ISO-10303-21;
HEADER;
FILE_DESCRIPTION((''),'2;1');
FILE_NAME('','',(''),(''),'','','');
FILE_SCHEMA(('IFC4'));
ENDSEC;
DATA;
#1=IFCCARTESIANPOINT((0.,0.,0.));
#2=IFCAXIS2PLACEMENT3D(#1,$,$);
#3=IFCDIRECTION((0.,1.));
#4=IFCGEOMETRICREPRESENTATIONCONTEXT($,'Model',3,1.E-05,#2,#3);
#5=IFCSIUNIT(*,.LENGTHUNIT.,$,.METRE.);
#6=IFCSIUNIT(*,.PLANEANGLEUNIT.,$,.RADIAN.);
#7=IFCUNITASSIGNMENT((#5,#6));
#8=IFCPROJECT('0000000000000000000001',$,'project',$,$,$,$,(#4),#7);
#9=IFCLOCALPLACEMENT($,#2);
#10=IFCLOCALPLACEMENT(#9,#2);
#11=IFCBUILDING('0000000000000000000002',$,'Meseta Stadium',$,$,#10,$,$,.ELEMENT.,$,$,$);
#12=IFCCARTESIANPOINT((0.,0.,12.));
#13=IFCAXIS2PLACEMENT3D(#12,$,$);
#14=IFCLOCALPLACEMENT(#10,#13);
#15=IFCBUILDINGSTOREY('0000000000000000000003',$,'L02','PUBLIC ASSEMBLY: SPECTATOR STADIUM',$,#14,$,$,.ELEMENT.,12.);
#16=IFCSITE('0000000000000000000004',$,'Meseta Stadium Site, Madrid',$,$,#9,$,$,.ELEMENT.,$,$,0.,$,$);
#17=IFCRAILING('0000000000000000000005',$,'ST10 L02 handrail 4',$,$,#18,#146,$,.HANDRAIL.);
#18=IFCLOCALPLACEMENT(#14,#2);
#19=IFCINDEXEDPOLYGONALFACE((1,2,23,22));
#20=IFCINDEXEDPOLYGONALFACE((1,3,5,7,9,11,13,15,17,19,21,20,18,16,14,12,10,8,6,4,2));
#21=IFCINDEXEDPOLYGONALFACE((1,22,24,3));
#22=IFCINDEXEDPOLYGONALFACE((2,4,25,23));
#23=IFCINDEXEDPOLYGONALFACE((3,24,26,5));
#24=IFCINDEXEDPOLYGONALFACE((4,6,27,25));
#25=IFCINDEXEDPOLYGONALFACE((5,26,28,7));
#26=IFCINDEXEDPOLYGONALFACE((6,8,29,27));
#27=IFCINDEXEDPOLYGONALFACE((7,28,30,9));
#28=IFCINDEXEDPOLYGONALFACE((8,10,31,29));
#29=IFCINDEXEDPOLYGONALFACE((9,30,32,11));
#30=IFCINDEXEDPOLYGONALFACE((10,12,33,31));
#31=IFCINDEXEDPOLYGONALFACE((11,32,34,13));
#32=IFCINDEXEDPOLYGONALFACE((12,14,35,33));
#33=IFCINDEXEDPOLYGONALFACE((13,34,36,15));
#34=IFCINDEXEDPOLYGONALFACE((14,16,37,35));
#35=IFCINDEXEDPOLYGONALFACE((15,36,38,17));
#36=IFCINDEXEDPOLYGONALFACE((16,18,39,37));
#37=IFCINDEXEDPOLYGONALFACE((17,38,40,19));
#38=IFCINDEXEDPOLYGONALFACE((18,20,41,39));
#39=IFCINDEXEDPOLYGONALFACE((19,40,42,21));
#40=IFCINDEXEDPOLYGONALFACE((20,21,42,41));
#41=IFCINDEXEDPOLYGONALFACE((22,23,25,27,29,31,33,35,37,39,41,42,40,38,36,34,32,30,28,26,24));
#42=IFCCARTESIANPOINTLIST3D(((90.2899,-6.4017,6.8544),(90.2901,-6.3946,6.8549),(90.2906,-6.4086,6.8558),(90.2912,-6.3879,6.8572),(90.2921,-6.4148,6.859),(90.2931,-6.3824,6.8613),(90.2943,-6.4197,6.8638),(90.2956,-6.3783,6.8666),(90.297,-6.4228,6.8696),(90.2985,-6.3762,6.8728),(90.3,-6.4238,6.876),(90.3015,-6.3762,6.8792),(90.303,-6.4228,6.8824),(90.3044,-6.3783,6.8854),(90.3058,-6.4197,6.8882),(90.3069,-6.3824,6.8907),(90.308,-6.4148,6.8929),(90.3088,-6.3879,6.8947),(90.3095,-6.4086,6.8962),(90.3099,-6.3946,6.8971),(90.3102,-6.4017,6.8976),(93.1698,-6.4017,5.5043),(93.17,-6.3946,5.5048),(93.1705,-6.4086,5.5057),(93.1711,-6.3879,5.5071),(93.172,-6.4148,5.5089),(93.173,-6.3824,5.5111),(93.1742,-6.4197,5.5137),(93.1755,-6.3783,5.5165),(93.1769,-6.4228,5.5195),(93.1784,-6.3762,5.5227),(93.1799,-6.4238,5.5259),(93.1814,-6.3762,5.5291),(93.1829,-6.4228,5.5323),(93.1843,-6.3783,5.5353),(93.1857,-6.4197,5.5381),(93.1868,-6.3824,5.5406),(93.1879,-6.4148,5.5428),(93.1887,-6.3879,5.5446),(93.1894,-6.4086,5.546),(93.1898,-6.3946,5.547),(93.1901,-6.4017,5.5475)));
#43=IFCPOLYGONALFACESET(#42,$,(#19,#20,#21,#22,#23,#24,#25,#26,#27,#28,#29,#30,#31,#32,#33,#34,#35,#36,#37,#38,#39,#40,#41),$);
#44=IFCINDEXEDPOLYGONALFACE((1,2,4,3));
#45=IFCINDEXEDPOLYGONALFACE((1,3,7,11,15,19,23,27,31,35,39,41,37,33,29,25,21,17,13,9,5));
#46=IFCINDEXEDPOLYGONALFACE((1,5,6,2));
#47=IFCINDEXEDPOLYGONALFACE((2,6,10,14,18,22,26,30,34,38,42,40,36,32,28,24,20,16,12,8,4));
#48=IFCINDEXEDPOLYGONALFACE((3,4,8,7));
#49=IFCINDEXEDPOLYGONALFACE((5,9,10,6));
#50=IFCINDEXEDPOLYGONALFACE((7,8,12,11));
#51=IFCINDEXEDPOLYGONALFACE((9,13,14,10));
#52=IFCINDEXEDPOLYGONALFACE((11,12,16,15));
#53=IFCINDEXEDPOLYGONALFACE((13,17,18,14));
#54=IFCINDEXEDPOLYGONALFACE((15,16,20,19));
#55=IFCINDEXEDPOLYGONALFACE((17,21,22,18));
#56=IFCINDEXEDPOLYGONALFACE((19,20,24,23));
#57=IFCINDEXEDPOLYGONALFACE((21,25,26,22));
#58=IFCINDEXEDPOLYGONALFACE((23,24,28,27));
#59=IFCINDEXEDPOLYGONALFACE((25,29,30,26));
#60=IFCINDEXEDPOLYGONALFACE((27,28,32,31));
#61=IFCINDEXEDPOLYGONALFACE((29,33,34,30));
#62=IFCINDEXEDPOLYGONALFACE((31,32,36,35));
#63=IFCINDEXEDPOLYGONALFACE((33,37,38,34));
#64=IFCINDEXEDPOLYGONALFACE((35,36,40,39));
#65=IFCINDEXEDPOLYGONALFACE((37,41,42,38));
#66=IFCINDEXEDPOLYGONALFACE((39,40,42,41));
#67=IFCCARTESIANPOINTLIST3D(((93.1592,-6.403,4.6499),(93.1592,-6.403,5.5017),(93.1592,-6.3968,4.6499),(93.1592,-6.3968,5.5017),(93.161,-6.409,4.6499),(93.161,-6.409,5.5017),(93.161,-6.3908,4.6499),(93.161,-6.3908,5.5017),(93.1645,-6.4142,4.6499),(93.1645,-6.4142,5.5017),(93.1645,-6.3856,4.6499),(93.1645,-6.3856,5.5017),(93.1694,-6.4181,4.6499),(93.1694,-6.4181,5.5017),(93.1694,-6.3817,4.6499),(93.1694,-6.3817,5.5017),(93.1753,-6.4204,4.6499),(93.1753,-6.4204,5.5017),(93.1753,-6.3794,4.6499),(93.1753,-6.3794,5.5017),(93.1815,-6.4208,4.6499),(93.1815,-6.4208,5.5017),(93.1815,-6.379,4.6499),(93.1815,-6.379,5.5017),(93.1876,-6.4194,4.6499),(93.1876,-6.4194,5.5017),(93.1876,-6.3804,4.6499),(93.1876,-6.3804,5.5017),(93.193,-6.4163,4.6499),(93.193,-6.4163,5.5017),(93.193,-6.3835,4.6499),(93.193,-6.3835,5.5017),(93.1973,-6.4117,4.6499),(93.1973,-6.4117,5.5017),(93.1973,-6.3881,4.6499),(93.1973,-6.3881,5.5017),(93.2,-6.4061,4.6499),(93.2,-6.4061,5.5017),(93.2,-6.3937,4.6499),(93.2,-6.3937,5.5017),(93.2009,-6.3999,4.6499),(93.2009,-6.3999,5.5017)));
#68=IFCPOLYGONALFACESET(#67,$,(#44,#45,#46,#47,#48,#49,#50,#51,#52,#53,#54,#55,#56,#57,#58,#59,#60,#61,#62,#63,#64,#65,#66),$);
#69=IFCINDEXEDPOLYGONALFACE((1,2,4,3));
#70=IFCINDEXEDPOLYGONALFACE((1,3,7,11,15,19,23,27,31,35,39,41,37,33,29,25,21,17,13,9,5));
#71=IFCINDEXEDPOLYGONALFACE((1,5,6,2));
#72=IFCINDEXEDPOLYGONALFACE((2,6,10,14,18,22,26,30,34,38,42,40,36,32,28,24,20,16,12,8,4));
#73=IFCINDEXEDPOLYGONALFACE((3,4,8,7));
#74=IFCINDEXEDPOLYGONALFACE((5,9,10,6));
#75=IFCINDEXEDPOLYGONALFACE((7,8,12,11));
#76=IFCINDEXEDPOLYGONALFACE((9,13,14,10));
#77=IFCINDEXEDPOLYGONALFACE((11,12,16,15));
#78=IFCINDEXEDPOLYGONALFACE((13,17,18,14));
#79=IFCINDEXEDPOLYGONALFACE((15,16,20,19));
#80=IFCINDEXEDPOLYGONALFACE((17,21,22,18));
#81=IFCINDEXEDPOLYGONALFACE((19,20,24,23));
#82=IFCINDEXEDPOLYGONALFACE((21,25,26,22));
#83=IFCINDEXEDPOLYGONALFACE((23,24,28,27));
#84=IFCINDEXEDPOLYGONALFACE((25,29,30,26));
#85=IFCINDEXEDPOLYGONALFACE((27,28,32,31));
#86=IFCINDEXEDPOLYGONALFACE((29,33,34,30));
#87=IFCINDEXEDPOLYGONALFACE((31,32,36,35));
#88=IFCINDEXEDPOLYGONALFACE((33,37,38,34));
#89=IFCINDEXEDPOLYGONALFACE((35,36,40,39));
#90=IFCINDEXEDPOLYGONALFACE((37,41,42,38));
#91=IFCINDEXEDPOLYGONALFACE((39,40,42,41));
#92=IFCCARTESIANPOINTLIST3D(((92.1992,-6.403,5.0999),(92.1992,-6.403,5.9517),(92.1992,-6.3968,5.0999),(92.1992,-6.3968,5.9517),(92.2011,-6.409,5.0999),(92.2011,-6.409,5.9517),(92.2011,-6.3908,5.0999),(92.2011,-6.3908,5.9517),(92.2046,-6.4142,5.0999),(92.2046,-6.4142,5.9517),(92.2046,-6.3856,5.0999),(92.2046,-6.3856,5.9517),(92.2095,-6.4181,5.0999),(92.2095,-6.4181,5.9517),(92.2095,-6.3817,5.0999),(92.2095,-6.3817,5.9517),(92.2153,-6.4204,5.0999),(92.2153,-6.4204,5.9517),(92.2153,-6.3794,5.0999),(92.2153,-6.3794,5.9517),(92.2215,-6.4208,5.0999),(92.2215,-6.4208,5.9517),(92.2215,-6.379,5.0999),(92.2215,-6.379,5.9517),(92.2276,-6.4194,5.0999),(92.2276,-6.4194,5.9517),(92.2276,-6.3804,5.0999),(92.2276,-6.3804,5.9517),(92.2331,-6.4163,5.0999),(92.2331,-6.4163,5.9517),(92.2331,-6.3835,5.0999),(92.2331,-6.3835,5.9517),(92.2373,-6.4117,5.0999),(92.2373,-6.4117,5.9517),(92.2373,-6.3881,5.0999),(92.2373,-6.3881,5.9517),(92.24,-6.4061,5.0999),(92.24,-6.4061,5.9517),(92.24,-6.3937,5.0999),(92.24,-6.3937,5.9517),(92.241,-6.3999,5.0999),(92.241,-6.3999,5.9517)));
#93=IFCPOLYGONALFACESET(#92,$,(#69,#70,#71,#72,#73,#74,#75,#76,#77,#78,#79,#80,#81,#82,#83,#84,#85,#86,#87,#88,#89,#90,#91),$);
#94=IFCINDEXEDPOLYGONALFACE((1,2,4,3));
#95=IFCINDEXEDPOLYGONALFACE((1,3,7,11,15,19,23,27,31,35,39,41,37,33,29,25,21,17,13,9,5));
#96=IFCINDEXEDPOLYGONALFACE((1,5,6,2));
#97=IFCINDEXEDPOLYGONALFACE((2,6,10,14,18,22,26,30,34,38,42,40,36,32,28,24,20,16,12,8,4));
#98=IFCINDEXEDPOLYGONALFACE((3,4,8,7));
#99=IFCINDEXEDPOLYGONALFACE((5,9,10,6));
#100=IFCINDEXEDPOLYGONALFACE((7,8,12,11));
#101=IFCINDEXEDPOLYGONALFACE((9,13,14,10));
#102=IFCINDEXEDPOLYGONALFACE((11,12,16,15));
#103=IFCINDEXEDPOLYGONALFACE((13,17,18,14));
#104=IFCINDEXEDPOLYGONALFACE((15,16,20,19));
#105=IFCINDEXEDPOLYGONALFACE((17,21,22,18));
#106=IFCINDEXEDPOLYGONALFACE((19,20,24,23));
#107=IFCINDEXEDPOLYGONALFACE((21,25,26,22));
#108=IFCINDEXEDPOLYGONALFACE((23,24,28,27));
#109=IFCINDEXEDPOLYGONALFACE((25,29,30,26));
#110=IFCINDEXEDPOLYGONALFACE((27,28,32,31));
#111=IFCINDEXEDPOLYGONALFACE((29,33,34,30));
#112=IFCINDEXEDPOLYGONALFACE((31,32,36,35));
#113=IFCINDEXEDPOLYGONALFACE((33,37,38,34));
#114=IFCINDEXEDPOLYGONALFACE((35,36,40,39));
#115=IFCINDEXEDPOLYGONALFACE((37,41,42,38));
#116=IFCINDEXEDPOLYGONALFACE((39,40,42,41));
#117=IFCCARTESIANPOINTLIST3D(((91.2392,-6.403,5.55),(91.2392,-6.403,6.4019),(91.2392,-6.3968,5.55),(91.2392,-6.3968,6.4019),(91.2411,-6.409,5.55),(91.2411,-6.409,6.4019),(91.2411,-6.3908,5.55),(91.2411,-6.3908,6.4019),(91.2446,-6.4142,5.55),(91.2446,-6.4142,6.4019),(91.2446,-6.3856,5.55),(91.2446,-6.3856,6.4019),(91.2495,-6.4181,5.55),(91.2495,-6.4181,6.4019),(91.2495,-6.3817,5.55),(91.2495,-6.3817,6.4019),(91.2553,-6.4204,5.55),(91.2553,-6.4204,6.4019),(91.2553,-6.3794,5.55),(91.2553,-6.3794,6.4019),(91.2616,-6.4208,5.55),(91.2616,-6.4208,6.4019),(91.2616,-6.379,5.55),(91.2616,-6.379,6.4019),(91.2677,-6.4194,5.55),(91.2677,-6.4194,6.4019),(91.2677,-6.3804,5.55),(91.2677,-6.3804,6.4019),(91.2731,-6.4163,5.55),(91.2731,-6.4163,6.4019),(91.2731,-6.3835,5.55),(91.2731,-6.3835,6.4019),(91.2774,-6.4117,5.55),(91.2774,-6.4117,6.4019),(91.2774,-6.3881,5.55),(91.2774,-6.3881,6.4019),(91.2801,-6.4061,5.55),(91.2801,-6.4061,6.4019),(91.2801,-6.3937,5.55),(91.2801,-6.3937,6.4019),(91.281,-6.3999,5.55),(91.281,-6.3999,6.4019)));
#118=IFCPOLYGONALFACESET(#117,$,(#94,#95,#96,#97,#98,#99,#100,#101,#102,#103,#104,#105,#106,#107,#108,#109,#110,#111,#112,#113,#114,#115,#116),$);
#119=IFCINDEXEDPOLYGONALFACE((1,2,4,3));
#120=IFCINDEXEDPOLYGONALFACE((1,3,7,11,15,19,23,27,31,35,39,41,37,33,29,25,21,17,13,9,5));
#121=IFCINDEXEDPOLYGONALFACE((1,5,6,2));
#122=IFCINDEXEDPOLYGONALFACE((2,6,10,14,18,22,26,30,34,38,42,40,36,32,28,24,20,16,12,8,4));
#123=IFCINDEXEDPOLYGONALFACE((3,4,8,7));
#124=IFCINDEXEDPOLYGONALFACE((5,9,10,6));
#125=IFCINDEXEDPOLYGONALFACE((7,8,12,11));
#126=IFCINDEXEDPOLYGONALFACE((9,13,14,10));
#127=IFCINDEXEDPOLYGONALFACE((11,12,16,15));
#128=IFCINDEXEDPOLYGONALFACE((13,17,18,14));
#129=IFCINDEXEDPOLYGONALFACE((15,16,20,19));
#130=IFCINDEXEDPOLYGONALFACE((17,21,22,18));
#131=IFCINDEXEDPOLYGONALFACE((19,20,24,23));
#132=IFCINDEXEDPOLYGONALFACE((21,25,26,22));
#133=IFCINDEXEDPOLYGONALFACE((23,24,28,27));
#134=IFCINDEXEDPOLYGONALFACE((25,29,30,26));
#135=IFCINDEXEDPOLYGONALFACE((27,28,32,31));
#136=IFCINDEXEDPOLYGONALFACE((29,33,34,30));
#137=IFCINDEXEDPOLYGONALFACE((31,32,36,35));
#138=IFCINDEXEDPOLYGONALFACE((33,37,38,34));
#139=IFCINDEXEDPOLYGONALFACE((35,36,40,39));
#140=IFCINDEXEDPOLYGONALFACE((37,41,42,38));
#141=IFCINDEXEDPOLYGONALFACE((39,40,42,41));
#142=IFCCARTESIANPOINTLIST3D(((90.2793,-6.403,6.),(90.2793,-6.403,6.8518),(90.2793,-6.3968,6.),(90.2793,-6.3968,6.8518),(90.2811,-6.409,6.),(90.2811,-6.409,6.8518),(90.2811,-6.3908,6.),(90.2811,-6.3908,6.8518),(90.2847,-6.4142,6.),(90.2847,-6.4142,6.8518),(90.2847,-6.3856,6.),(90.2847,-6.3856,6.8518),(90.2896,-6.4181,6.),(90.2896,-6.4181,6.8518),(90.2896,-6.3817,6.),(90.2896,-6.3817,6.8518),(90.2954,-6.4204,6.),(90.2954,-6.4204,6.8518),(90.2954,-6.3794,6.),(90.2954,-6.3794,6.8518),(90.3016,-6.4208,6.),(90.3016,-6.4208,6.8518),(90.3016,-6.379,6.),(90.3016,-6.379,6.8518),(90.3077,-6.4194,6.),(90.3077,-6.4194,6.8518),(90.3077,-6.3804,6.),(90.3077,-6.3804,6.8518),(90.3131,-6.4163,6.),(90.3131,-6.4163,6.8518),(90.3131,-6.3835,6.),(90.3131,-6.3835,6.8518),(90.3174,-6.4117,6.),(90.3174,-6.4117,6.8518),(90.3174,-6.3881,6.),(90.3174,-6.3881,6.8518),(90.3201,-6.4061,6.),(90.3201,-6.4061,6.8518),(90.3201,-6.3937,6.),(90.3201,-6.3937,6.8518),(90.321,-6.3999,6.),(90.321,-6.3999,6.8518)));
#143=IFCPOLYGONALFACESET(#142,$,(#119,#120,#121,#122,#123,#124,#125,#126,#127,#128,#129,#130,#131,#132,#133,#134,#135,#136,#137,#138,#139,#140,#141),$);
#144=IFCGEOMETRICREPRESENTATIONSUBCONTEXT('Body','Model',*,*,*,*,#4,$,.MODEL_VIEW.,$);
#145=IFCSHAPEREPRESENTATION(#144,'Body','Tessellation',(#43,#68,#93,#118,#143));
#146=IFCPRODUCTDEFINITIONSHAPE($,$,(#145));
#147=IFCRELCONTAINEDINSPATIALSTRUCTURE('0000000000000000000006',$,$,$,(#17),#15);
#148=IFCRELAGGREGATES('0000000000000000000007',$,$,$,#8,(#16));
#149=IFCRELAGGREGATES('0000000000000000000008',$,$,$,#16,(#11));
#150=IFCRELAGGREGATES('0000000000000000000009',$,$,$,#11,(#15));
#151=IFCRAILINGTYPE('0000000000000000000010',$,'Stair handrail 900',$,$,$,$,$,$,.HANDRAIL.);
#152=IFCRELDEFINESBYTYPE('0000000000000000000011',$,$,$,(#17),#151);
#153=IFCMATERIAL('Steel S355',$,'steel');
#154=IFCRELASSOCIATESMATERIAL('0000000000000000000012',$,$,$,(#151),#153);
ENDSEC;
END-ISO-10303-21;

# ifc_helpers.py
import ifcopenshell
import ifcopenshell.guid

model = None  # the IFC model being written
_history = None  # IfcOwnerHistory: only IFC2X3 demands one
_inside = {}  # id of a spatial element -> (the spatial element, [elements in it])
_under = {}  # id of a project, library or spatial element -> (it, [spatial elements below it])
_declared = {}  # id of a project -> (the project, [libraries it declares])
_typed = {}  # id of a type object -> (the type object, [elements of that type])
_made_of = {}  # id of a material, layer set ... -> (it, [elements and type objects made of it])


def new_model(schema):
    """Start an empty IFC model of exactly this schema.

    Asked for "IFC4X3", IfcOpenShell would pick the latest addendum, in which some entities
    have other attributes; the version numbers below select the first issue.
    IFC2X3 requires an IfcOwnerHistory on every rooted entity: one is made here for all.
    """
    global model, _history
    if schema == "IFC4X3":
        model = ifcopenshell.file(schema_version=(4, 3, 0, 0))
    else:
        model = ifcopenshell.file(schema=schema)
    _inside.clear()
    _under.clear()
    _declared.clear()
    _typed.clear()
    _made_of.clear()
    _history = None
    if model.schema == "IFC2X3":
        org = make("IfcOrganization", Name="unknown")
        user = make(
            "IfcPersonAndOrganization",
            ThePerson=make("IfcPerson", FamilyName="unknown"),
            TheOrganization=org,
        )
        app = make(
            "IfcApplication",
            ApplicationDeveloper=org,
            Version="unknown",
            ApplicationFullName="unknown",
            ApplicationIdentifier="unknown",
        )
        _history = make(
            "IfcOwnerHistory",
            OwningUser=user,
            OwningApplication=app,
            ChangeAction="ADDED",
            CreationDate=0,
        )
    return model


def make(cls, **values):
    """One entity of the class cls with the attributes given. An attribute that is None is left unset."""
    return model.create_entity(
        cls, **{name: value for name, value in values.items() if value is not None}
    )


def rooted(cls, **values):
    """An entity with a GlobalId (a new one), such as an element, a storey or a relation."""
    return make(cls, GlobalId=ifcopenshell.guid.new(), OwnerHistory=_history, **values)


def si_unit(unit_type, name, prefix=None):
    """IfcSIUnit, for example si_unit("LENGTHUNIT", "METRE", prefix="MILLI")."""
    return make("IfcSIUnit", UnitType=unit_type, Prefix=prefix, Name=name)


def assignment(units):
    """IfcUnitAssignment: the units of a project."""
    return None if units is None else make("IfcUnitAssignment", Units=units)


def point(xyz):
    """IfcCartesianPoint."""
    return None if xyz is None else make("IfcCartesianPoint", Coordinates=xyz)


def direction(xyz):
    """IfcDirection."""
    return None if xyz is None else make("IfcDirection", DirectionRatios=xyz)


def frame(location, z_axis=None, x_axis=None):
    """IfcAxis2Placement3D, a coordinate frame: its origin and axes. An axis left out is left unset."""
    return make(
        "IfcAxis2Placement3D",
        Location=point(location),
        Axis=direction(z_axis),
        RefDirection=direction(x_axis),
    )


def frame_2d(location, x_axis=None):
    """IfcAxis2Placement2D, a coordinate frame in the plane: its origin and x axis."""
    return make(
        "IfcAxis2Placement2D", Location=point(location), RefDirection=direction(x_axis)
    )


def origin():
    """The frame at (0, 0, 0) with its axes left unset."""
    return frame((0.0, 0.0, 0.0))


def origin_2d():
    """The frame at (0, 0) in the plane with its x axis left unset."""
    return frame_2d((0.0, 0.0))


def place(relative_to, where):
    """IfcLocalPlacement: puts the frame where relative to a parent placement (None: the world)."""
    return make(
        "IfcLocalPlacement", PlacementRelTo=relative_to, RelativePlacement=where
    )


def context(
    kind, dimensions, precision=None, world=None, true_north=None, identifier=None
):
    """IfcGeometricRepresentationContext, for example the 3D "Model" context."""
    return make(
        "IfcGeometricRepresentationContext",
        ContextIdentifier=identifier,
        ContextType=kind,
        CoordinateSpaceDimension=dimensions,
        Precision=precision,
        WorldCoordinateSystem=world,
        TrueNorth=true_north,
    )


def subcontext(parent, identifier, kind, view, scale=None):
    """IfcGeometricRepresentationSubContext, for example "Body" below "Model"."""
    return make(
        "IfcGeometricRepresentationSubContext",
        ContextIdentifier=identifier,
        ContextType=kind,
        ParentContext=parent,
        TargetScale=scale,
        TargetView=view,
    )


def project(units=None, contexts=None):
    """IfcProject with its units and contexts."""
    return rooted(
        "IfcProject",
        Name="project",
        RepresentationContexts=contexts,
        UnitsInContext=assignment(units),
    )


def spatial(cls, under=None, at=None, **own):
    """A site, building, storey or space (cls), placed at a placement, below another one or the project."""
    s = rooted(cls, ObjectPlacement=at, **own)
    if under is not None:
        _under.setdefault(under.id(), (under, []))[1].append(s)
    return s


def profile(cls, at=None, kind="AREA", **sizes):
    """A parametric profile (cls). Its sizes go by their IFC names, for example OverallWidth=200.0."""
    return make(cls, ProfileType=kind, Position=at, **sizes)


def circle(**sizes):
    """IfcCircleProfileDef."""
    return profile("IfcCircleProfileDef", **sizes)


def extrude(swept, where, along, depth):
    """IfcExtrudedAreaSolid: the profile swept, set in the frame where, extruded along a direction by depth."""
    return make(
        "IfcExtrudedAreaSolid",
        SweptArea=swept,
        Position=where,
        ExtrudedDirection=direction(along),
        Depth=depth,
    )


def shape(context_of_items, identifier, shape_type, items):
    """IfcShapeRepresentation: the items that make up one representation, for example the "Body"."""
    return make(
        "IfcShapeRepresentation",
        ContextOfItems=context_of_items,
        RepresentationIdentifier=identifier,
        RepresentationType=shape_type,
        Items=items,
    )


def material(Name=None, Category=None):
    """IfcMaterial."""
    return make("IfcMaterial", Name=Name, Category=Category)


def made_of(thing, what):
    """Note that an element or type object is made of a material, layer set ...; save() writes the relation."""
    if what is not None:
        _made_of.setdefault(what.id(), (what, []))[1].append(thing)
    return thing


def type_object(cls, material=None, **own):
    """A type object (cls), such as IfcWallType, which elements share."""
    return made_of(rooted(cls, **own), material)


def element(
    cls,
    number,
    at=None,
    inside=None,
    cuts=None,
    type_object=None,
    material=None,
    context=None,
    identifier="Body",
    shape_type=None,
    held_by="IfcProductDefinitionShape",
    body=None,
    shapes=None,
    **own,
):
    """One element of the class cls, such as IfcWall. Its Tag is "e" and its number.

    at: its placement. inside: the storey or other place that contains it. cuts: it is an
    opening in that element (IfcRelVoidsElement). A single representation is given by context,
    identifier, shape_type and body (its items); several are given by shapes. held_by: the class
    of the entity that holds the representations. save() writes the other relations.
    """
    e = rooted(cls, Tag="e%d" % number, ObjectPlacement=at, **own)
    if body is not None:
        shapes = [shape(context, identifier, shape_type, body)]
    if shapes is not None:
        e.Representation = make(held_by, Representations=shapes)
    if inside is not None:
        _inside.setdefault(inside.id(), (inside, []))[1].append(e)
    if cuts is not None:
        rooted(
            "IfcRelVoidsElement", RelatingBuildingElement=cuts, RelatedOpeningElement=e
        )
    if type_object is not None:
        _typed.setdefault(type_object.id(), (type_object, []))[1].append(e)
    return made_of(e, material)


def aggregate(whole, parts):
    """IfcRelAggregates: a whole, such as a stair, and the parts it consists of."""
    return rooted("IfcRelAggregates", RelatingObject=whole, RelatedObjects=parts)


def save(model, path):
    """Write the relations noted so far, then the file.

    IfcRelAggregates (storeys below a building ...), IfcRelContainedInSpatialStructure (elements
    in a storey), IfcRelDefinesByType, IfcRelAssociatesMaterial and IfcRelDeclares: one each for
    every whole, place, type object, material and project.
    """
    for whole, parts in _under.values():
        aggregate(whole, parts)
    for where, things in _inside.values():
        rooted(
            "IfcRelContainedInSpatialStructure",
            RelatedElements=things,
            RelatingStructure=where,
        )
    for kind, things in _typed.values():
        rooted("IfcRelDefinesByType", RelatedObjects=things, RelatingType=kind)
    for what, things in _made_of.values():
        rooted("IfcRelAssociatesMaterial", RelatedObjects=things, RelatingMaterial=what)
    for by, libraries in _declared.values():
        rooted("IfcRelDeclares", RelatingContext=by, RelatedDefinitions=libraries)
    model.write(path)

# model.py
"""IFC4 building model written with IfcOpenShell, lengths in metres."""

from ifc_helpers import new_model, si_unit, direction, frame, origin, origin_2d, place, context, subcontext, project, spatial, circle, extrude, material, type_object, element, save


model = new_model("IFC4")

# Units and contexts
model_context = context("Model", 3, precision=1e-05, world=origin(), true_north=direction((0.0, 1.0)))
body_context = subcontext(model_context, "Body", "Model", "MODEL_VIEW")
ifc_project = project(units=[si_unit("LENGTHUNIT", "METRE"), si_unit("PLANEANGLEUNIT", "RADIAN")], contexts=[model_context])

# Site, building, storey
site_placement = place(None, origin())
site = spatial("IfcSite", under=ifc_project, at=site_placement, Name="Meseta Stadium Site, Madrid", CompositionType="ELEMENT", RefElevation=0.0)
building_placement = place(site_placement, origin())
building = spatial("IfcBuilding", under=site, at=building_placement, Name="Meseta Stadium", CompositionType="ELEMENT")
storey_placement = place(building_placement, frame((0.0, 0.0, 12.0)))
storey = spatial("IfcBuildingStorey", under=building, at=storey_placement, Name="L02", Description="PUBLIC ASSEMBLY: SPECTATOR STADIUM", CompositionType="ELEMENT", Elevation=12.0)

# Railing
ifc_material_1 = material(Name="Steel S355", Category="steel")
railing_type_1 = type_object("IfcRailingType", Name="Stair handrail 900", PredefinedType="HANDRAIL", material=ifc_material_1)
railing_1_placement = place(storey_placement, frame((93.1799, -6.3999, 4.6499)))
element("IfcRailing", 1, at=railing_1_placement, inside=storey, type_object=railing_type_1, Name="ST10 L02 handrail 4", PredefinedType="HANDRAIL", context=body_context, shape_type="SweptSolid", body=[
    extrude(circle(Radius=0.0239, at=origin_2d()), frame((0.0, 0.0, 0.876), z_axis=(-0.90544, 0.0, 0.424473), x_axis=(0.0, -1.0, 0.0)), (0.0, 0.0, 1.0), 3.1807),
    extrude(circle(Radius=0.021, at=origin_2d()), origin(), (0.0, 0.0, 1.0), 0.8518),
    extrude(circle(Radius=0.021, at=origin_2d()), frame((-0.96, 0.0, 0.45)), (0.0, 0.0, 1.0), 0.8518),
    extrude(circle(Radius=0.021, at=origin_2d()), frame((-1.9199, 0.0, 0.9001)), (0.0, 0.0, 1.0), 0.8518),
    extrude(circle(Radius=0.021, at=origin_2d()), frame((-2.8799, 0.0, 1.3501)), (0.0, 0.0, 1.0), 0.8518),
])

save(model, "model.ifc")
